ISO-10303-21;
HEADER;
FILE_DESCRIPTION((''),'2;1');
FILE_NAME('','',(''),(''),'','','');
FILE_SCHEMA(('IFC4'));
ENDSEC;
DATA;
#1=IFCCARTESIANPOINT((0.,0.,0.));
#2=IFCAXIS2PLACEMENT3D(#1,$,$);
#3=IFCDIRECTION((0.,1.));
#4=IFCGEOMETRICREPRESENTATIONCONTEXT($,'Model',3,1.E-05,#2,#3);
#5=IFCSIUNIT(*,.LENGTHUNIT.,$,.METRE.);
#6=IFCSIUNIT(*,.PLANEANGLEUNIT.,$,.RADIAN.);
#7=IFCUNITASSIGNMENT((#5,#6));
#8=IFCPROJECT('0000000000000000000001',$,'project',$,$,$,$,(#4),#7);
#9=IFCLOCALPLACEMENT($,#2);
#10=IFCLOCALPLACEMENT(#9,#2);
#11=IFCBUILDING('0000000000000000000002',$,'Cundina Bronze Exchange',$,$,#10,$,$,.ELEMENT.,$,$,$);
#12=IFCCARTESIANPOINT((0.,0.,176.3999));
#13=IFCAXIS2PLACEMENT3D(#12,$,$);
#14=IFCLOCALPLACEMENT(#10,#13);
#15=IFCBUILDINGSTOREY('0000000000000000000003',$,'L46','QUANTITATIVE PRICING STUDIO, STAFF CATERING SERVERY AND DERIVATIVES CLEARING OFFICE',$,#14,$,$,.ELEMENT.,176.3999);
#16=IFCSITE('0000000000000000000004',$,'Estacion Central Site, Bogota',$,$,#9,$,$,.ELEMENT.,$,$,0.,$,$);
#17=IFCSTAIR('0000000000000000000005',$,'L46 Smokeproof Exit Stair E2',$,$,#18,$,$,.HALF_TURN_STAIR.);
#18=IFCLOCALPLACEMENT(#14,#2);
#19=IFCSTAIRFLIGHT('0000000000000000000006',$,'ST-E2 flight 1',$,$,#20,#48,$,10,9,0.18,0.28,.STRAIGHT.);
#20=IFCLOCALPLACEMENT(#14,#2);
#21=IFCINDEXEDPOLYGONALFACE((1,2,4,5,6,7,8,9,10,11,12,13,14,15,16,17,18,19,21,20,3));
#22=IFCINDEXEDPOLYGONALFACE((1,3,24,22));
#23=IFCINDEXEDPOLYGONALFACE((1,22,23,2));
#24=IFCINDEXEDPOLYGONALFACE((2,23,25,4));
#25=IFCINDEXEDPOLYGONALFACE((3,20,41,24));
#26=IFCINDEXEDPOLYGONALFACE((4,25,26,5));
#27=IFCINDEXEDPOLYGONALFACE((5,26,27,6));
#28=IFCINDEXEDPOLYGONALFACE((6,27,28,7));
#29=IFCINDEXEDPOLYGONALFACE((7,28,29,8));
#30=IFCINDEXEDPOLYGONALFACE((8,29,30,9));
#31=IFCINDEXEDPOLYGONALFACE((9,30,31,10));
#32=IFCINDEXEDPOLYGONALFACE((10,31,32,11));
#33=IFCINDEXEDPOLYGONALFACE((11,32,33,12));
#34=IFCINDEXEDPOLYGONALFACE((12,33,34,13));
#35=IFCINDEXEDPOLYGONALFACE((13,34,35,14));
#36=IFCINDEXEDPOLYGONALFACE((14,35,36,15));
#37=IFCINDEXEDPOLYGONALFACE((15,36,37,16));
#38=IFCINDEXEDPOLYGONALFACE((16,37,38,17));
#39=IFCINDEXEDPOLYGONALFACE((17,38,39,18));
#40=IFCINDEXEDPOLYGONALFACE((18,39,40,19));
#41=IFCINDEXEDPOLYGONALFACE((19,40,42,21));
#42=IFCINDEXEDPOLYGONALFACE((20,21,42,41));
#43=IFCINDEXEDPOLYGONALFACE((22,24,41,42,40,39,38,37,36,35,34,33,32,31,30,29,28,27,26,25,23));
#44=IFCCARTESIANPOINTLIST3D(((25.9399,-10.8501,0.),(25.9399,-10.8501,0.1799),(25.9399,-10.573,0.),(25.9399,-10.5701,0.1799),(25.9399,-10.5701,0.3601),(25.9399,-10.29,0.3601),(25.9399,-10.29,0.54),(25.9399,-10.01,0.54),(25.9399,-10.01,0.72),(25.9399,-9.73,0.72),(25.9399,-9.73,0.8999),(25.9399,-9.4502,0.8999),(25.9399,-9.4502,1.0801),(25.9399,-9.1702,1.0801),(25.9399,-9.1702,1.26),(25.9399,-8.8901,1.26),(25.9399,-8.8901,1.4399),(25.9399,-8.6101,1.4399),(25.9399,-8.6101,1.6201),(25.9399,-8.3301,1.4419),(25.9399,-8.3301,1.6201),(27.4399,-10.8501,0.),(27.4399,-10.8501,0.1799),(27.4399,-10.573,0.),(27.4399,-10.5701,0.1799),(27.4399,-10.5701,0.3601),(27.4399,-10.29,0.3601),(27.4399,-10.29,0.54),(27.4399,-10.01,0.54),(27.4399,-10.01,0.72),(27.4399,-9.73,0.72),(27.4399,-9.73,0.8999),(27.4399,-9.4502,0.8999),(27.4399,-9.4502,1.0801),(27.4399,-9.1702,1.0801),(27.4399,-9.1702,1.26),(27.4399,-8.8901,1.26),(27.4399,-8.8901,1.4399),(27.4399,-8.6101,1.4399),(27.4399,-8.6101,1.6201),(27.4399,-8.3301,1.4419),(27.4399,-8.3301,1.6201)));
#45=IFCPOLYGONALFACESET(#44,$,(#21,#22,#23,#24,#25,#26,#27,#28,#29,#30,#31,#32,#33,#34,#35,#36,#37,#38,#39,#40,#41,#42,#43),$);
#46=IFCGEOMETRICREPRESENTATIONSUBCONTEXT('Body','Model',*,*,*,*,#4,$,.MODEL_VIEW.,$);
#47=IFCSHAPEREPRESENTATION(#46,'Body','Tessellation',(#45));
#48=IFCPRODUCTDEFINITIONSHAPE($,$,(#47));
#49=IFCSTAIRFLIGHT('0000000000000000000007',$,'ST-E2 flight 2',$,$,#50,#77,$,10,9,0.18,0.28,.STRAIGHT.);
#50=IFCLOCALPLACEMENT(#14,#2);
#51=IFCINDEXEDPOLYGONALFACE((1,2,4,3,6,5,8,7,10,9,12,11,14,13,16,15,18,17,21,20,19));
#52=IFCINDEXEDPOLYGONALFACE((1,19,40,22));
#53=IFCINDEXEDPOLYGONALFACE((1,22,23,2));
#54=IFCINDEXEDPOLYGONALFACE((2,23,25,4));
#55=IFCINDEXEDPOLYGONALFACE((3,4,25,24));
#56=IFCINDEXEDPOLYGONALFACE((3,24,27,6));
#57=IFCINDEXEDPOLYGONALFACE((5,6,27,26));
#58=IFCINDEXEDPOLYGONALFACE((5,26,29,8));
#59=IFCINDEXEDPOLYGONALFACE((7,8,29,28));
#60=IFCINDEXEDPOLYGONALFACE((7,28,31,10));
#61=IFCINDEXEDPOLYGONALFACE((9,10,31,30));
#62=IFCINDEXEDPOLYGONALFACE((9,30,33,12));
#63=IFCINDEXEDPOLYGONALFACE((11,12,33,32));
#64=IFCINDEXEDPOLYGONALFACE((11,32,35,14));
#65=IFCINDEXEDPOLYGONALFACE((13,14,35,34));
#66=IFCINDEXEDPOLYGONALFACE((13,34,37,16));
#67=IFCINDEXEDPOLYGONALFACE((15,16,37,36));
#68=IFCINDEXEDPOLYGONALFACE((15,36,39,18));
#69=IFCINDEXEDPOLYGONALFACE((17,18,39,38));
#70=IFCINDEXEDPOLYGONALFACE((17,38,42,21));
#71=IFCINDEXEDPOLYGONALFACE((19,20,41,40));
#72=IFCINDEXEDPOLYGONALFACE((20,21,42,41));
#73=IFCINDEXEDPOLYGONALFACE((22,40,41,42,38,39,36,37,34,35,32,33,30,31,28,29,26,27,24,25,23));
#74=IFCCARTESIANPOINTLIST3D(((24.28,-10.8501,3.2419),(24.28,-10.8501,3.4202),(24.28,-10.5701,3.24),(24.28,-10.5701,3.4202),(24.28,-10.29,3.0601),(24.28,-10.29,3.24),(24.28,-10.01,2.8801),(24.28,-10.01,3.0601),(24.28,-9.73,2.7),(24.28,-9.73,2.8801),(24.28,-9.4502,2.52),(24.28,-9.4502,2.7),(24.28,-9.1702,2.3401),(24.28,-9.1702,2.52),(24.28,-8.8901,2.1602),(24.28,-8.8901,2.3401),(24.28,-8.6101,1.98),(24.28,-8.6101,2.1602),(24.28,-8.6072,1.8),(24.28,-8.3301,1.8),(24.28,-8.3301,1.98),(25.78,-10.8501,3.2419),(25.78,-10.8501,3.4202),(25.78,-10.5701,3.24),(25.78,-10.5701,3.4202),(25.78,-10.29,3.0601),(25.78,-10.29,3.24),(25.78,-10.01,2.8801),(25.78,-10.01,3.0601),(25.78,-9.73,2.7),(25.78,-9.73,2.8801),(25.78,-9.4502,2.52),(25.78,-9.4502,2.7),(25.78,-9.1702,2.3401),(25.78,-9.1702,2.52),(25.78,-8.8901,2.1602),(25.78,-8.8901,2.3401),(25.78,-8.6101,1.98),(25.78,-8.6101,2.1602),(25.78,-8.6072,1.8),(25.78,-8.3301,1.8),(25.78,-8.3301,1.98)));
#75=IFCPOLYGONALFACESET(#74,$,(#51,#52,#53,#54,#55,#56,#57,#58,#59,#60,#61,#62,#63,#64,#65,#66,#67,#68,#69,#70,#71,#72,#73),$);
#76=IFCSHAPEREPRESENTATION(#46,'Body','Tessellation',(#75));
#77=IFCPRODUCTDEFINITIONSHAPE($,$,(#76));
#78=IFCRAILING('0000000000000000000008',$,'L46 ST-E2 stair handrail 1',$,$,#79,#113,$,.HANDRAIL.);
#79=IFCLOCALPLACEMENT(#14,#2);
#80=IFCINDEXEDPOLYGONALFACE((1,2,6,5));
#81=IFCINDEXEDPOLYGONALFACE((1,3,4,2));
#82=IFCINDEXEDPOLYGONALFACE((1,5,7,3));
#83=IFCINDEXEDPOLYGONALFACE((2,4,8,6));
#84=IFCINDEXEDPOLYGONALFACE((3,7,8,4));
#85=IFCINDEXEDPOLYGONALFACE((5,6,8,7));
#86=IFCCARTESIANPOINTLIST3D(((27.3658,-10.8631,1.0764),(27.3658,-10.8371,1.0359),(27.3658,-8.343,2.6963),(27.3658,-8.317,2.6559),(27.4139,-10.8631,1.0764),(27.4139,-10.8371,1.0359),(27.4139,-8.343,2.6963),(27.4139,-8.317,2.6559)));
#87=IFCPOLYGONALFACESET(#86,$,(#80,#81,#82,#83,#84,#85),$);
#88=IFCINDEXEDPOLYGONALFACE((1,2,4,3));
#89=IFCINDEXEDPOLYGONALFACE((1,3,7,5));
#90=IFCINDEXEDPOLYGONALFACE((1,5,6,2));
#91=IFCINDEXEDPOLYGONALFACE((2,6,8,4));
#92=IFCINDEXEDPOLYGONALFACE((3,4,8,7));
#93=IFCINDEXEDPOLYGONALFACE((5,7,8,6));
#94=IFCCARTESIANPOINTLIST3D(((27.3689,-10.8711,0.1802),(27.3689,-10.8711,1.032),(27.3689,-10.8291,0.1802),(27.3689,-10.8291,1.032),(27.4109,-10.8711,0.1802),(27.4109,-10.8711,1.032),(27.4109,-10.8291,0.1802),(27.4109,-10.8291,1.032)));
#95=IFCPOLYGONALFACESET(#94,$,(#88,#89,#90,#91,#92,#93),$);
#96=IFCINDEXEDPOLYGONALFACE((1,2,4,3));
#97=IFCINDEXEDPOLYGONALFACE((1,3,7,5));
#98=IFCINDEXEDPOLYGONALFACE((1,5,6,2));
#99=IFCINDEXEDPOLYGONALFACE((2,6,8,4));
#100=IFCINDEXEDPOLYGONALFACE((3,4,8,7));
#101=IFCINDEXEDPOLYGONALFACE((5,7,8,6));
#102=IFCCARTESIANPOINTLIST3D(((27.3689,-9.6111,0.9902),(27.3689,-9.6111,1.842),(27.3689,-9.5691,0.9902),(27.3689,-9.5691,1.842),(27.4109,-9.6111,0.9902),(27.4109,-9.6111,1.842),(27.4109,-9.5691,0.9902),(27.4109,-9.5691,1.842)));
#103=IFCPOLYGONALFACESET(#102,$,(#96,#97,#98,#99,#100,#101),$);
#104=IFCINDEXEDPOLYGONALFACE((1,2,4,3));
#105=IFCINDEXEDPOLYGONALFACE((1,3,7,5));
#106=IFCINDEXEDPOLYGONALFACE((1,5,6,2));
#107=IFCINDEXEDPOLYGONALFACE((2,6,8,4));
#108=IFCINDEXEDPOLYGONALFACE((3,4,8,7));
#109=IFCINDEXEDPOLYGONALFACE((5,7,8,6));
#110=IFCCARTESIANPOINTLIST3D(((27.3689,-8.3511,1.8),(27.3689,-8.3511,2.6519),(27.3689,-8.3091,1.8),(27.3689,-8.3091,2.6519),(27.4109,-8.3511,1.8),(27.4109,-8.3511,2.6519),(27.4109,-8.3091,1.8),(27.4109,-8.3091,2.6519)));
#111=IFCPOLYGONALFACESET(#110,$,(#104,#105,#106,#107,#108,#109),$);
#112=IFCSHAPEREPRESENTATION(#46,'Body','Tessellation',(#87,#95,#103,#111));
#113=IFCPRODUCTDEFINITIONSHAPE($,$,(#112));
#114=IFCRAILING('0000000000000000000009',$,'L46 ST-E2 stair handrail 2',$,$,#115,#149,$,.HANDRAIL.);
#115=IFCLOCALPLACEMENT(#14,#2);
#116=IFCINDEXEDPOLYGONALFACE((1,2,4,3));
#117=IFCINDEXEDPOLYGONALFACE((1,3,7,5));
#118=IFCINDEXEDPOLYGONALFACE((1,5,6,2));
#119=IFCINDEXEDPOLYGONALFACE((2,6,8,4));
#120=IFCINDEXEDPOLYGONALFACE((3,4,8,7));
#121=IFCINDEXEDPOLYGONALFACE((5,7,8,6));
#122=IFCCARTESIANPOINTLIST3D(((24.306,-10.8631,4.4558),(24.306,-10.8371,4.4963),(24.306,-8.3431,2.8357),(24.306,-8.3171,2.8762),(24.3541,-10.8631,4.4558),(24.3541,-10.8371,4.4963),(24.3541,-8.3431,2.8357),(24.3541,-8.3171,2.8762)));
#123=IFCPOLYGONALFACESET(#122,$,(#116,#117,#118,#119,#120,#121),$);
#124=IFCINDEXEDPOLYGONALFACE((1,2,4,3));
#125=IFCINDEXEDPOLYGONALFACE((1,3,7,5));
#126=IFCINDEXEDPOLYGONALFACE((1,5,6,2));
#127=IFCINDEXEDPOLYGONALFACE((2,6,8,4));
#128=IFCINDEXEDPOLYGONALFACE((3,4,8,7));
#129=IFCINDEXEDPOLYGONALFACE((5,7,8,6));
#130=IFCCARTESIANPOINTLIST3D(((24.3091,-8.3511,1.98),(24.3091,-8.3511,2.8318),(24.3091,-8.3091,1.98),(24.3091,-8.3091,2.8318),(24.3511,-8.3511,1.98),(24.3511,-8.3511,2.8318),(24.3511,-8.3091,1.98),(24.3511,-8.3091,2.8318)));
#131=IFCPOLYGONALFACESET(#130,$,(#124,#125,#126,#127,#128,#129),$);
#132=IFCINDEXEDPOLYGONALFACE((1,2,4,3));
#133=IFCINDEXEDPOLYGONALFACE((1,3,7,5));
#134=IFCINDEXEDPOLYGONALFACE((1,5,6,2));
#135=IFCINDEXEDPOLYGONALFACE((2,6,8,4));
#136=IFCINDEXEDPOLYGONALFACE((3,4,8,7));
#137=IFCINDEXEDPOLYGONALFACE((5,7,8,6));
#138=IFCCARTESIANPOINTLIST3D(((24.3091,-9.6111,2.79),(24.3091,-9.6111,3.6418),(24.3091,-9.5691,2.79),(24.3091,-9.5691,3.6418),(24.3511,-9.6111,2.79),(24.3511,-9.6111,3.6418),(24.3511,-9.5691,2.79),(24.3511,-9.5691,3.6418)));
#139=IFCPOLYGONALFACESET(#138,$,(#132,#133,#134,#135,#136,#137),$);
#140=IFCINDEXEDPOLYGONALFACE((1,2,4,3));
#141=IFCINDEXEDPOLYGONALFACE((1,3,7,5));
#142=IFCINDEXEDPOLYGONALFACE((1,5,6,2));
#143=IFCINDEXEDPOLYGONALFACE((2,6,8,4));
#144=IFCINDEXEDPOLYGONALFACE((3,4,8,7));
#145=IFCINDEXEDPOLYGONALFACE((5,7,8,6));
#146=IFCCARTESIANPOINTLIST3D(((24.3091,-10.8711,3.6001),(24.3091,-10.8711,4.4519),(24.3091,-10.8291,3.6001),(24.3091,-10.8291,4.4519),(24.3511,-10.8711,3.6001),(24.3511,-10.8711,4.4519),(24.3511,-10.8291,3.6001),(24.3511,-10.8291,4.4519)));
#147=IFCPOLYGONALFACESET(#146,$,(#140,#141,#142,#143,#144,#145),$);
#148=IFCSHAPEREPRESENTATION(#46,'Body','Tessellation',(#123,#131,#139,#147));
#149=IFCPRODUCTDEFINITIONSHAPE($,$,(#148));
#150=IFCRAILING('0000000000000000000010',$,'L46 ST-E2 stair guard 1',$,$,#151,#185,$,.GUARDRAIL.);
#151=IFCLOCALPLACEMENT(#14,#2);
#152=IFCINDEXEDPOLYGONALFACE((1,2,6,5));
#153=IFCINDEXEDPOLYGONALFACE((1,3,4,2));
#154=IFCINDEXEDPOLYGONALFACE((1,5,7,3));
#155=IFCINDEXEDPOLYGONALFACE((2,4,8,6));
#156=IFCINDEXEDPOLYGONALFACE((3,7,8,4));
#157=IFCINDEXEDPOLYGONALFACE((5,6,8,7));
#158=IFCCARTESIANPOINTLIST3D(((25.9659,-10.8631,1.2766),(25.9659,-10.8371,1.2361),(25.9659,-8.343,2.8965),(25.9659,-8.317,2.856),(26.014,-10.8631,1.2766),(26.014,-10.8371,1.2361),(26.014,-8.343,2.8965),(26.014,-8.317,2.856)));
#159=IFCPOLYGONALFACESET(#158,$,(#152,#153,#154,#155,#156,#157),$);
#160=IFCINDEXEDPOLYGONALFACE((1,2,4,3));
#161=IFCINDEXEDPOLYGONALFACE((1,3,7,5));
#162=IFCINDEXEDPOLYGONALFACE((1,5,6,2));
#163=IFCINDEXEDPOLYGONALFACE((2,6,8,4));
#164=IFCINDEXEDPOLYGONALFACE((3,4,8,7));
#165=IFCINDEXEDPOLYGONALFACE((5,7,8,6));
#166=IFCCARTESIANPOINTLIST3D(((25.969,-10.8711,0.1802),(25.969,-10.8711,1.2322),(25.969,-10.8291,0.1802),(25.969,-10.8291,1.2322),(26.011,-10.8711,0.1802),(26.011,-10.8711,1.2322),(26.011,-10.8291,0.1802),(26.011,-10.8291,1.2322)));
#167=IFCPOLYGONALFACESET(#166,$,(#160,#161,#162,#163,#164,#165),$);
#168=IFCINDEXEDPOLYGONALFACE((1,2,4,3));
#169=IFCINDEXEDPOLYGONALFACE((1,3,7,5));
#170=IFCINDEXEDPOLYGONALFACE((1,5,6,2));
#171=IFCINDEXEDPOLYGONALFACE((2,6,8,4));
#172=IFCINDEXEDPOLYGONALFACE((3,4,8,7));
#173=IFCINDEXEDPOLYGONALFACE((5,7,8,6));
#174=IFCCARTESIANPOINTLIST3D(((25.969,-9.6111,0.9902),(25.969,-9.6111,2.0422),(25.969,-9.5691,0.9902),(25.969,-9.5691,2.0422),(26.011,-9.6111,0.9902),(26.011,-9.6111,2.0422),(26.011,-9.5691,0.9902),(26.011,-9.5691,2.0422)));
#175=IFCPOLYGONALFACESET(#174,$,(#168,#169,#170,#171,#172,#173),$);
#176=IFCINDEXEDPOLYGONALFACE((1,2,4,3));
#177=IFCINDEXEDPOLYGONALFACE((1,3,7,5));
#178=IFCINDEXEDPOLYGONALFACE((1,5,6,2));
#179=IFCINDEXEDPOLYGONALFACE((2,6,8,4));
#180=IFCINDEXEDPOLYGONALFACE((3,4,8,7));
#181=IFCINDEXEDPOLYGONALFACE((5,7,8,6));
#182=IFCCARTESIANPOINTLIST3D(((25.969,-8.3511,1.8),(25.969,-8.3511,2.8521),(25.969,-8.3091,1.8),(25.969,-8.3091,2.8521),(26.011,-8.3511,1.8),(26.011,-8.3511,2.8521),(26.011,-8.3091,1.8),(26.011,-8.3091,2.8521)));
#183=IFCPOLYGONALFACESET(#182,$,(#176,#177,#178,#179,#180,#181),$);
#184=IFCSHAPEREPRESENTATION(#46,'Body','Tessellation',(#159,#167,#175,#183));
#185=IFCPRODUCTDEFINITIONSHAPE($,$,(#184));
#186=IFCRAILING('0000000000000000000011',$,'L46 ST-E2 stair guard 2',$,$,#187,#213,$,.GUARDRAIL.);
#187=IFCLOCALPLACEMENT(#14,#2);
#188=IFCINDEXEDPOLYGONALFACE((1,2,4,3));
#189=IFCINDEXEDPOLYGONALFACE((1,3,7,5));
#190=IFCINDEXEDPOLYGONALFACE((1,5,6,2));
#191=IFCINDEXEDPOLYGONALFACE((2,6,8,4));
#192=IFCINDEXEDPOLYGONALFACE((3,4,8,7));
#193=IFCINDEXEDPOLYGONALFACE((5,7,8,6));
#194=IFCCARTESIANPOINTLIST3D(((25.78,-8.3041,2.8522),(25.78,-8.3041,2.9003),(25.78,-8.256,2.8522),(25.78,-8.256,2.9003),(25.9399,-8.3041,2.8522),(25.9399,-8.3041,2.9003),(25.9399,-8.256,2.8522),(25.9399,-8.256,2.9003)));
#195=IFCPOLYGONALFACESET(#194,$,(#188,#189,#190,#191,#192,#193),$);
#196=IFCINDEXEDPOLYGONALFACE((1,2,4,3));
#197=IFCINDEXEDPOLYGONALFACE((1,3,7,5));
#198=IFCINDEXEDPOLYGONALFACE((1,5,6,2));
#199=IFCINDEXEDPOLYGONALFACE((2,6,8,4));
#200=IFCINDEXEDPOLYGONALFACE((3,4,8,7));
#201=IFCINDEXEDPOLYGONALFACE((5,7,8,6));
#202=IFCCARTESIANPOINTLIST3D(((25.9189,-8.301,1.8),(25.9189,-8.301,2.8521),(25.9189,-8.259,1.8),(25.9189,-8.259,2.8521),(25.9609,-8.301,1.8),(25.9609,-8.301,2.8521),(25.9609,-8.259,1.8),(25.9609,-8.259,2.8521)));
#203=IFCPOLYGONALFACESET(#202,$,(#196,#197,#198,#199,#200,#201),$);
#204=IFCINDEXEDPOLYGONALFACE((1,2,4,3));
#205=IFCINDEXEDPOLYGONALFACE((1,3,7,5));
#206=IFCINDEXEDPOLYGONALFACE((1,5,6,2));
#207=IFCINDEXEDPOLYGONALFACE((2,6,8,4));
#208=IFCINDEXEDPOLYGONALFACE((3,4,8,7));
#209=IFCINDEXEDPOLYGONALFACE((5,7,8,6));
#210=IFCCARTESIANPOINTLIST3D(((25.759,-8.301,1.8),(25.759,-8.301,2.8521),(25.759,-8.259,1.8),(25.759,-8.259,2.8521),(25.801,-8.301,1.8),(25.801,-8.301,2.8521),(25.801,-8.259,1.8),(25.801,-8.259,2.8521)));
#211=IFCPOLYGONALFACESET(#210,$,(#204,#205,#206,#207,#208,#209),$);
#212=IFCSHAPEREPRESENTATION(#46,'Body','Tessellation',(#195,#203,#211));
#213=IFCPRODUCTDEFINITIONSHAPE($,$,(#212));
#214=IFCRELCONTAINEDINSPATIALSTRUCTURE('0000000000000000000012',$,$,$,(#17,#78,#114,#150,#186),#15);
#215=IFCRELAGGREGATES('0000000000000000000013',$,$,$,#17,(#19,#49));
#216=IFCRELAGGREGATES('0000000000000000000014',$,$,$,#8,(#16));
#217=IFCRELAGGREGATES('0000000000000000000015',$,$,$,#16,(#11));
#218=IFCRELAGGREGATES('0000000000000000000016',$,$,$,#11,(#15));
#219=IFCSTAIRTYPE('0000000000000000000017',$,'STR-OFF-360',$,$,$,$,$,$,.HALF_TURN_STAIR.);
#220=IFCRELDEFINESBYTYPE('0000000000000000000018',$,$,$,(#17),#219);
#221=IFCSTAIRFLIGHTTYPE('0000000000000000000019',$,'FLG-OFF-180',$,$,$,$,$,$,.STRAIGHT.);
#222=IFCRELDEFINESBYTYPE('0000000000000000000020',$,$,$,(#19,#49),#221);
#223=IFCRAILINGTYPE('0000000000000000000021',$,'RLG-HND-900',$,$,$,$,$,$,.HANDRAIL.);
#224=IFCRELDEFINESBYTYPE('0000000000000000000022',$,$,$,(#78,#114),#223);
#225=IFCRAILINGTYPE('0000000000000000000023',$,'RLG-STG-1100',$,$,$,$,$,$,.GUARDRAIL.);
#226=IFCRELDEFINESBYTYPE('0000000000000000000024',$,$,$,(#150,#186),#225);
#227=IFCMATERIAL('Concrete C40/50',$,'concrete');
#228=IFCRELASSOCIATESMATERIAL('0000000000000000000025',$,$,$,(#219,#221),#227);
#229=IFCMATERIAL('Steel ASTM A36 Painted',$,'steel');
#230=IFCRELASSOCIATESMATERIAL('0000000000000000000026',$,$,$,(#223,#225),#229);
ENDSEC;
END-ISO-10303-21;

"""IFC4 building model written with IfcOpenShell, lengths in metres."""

from ifc_helpers import new_model, si_unit, direction, frame, origin, origin_2d, place, context, subcontext, project, spatial, polyline, rectangle, outline, extrude, material, type_object, element, aggregate, save


model = new_model("IFC4")

# Units and contexts
model_context = context("Model", 3, precision=1e-05, world=origin(), true_north=direction((0.0, 1.0)))
body_context = subcontext(model_context, "Body", "Model", "MODEL_VIEW")
ifc_project = project(units=[si_unit("LENGTHUNIT", "METRE"), si_unit("PLANEANGLEUNIT", "RADIAN")], contexts=[model_context])

# Site, building, storey
site_placement = place(None, origin())
site = spatial("IfcSite", under=ifc_project, at=site_placement, Name="Estacion Central Site, Bogota", CompositionType="ELEMENT", RefElevation=0.0)
building_placement = place(site_placement, origin())
building = spatial("IfcBuilding", under=site, at=building_placement, Name="Cundina Bronze Exchange", CompositionType="ELEMENT")
storey_placement = place(building_placement, frame((0.0, 0.0, 176.3999)))
storey = spatial("IfcBuildingStorey", under=building, at=storey_placement, Name="L46", Description="QUANTITATIVE PRICING STUDIO, STAFF CATERING SERVERY AND DERIVATIVES CLEARING OFFICE", CompositionType="ELEMENT", Elevation=176.3999)

# Shared definitions
ifc_material_1 = material(Name="Steel ASTM A36 Painted", Category="steel")

# Stair, stair flights
ifc_material_2 = material(Name="Concrete C40/50", Category="concrete")
stair_type = type_object("IfcStairType", Name="STR-OFF-360", PredefinedType="HALF_TURN_STAIR", material=ifc_material_2)
stair_placement = place(storey_placement, origin())
stair = element("IfcStair", 1, at=stair_placement, inside=storey, type_object=stair_type, Name="L46 Smokeproof Exit Stair E2", PredefinedType="HALF_TURN_STAIR")
stair_flight_type = type_object("IfcStairFlightType", Name="FLG-OFF-180", PredefinedType="STRAIGHT", material=ifc_material_2)
stair_flight_1_placement = place(storey_placement, frame((26.6899, -10.8501, 0.0), z_axis=(0.0, 0.0, 1.0), x_axis=(0.0, 1.0, 0.0)))
stair_flight_1 = element("IfcStairFlight", 2, at=stair_flight_1_placement, type_object=stair_flight_type, Name="ST-E2 flight 1", NumberOfRisers=10, NumberOfTreads=9, PredefinedType="STRAIGHT", RiserHeight=0.18, TreadLength=0.28, context=body_context, shape_type="SweptSolid", body=[
    extrude(outline(polyline([(0.0, 0.0), (0.0, 0.1799), (0.28, 0.1799), (0.28, 0.3601), (0.5601, 0.3601), (0.5601, 0.54), (0.8401, 0.54), (0.8401, 0.72), (1.1201, 0.72), (1.1201, 0.8999), (1.3999, 0.8999), (1.3999, 1.0801), (1.6799, 1.0801), (1.6799, 1.26), (1.96, 1.26), (1.96, 1.4399), (2.24, 1.4399), (2.24, 1.6201), (2.52, 1.6201), (2.52, 1.8), (2.52, 1.4419), (0.2771, 0.0), (0.0, 0.0)])), frame((0.0, 0.75, 0.0), z_axis=(0.0, -1.0, 0.0), x_axis=(1.0, 0.0, 0.0)), (0.0, 0.0, 1.0), 1.5),
])
stair_flight_2_placement = place(storey_placement, frame((25.03, -8.3301, 1.8), z_axis=(0.0, 0.0, 1.0), x_axis=(0.0, -1.0, 0.0)))
stair_flight_2 = element("IfcStairFlight", 3, at=stair_flight_2_placement, type_object=stair_flight_type, Name="ST-E2 flight 2", NumberOfRisers=10, NumberOfTreads=9, PredefinedType="STRAIGHT", RiserHeight=0.18, TreadLength=0.28, context=body_context, shape_type="SweptSolid", body=[
    extrude(outline(polyline([(0.0, 0.0), (0.0, 0.1799), (0.28, 0.1799), (0.28, 0.3601), (0.5601, 0.3601), (0.5601, 0.54), (0.8401, 0.54), (0.8401, 0.72), (1.1201, 0.72), (1.1201, 0.8999), (1.3999, 0.8999), (1.3999, 1.0801), (1.6799, 1.0801), (1.6799, 1.26), (1.96, 1.26), (1.96, 1.4399), (2.24, 1.4399), (2.24, 1.6201), (2.52, 1.6201), (2.52, 1.8), (2.52, 1.4419), (0.2771, 0.0), (0.0, 0.0)])), frame((0.0, 0.75, 0.0), z_axis=(0.0, -1.0, 0.0), x_axis=(1.0, 0.0, 0.0)), (0.0, 0.0, 1.0), 1.5),
])
aggregate(stair, [stair_flight_1, stair_flight_2])

# Railings
railing_type_1 = type_object("IfcRailingType", Name="RLG-HND-900", PredefinedType="HANDRAIL", material=ifc_material_1)
railing_1_placement = place(storey_placement, frame((27.3899, -10.8501, 0.1802)))
element("IfcRailing", 4, at=railing_1_placement, inside=storey, type_object=railing_type_1, Name="L46 ST-E2 stair handrail 1", PredefinedType="HANDRAIL", context=body_context, shape_type="SweptSolid", body=[
    extrude(rectangle(XDim=0.0481, YDim=0.0481, at=origin_2d()), frame((0.0, 0.0, 0.876), z_axis=(0.0, 0.8412, 0.540725), x_axis=(-1.0, 0.0, 0.0)), (0.0, 0.0, 1.0), 2.9958),
    extrude(rectangle(XDim=0.042, YDim=0.042, at=origin_2d()), origin(), (0.0, 0.0, 1.0), 0.8518),
    extrude(rectangle(XDim=0.042, YDim=0.042, at=origin_2d()), frame((0.0, 1.26, 0.8101)), (0.0, 0.0, 1.0), 0.8518),
    extrude(rectangle(XDim=0.042, YDim=0.042, at=origin_2d()), frame((0.0, 2.52, 1.6199)), (0.0, 0.0, 1.0), 0.8518),
])
railing_2_placement = place(storey_placement, frame((24.3301, -8.3301, 1.98)))
element("IfcRailing", 5, at=railing_2_placement, inside=storey, type_object=railing_type_1, Name="L46 ST-E2 stair handrail 2", PredefinedType="HANDRAIL", context=body_context, shape_type="SweptSolid", body=[
    extrude(rectangle(XDim=0.0481, YDim=0.0481, at=origin_2d()), frame((0.0, 0.0, 0.876), z_axis=(0.0, -0.841163, 0.540782), x_axis=(1.0, 0.0, 0.0)), (0.0, 0.0, 1.0), 2.9958),
    extrude(rectangle(XDim=0.042, YDim=0.042, at=origin_2d()), origin(), (0.0, 0.0, 1.0), 0.8518),
    extrude(rectangle(XDim=0.042, YDim=0.042, at=origin_2d()), frame((0.0, -1.26, 0.8101)), (0.0, 0.0, 1.0), 0.8518),
    extrude(rectangle(XDim=0.042, YDim=0.042, at=origin_2d()), frame((0.0, -2.52, 1.6201)), (0.0, 0.0, 1.0), 0.8518),
])
railing_type_2 = type_object("IfcRailingType", Name="RLG-STG-1100", PredefinedType="GUARDRAIL", material=ifc_material_1)
railing_3_placement = place(storey_placement, frame((25.99, -10.8501, 0.1802)))
element("IfcRailing", 6, at=railing_3_placement, inside=storey, type_object=railing_type_2, Name="L46 ST-E2 stair guard 1", PredefinedType="GUARDRAIL", context=body_context, shape_type="SweptSolid", body=[
    extrude(rectangle(XDim=0.0481, YDim=0.0481, at=origin_2d()), frame((0.0, 0.0, 1.0762), z_axis=(0.0, 0.8412, 0.540725), x_axis=(-1.0, 0.0, 0.0)), (0.0, 0.0, 1.0), 2.9958),
    extrude(rectangle(XDim=0.042, YDim=0.042, at=origin_2d()), origin(), (0.0, 0.0, 1.0), 1.052),
    extrude(rectangle(XDim=0.042, YDim=0.042, at=origin_2d()), frame((0.0, 1.26, 0.8101)), (0.0, 0.0, 1.0), 1.052),
    extrude(rectangle(XDim=0.042, YDim=0.042, at=origin_2d()), frame((0.0, 2.52, 1.6199)), (0.0, 0.0, 1.0), 1.052),
])
railing_4_placement = place(storey_placement, frame((25.9399, -8.28, 1.8)))
element("IfcRailing", 7, at=railing_4_placement, inside=storey, type_object=railing_type_2, Name="L46 ST-E2 stair guard 2", PredefinedType="GUARDRAIL", context=body_context, shape_type="SweptSolid", body=[
    extrude(rectangle(XDim=0.0481, YDim=0.0481, at=origin_2d()), frame((0.0, 0.0, 1.0762), z_axis=(-1.0, 0.0, 0.0), x_axis=(0.0, -1.0, 0.0)), (0.0, 0.0, 1.0), 0.1599),
    extrude(rectangle(XDim=0.042, YDim=0.042, at=origin_2d()), origin(), (0.0, 0.0, 1.0), 1.052),
    extrude(rectangle(XDim=0.042, YDim=0.042, at=origin_2d()), frame((-0.1599, 0.0, 0.0)), (0.0, 0.0, 1.0), 1.052),
])

save(model, "model.ifc")
